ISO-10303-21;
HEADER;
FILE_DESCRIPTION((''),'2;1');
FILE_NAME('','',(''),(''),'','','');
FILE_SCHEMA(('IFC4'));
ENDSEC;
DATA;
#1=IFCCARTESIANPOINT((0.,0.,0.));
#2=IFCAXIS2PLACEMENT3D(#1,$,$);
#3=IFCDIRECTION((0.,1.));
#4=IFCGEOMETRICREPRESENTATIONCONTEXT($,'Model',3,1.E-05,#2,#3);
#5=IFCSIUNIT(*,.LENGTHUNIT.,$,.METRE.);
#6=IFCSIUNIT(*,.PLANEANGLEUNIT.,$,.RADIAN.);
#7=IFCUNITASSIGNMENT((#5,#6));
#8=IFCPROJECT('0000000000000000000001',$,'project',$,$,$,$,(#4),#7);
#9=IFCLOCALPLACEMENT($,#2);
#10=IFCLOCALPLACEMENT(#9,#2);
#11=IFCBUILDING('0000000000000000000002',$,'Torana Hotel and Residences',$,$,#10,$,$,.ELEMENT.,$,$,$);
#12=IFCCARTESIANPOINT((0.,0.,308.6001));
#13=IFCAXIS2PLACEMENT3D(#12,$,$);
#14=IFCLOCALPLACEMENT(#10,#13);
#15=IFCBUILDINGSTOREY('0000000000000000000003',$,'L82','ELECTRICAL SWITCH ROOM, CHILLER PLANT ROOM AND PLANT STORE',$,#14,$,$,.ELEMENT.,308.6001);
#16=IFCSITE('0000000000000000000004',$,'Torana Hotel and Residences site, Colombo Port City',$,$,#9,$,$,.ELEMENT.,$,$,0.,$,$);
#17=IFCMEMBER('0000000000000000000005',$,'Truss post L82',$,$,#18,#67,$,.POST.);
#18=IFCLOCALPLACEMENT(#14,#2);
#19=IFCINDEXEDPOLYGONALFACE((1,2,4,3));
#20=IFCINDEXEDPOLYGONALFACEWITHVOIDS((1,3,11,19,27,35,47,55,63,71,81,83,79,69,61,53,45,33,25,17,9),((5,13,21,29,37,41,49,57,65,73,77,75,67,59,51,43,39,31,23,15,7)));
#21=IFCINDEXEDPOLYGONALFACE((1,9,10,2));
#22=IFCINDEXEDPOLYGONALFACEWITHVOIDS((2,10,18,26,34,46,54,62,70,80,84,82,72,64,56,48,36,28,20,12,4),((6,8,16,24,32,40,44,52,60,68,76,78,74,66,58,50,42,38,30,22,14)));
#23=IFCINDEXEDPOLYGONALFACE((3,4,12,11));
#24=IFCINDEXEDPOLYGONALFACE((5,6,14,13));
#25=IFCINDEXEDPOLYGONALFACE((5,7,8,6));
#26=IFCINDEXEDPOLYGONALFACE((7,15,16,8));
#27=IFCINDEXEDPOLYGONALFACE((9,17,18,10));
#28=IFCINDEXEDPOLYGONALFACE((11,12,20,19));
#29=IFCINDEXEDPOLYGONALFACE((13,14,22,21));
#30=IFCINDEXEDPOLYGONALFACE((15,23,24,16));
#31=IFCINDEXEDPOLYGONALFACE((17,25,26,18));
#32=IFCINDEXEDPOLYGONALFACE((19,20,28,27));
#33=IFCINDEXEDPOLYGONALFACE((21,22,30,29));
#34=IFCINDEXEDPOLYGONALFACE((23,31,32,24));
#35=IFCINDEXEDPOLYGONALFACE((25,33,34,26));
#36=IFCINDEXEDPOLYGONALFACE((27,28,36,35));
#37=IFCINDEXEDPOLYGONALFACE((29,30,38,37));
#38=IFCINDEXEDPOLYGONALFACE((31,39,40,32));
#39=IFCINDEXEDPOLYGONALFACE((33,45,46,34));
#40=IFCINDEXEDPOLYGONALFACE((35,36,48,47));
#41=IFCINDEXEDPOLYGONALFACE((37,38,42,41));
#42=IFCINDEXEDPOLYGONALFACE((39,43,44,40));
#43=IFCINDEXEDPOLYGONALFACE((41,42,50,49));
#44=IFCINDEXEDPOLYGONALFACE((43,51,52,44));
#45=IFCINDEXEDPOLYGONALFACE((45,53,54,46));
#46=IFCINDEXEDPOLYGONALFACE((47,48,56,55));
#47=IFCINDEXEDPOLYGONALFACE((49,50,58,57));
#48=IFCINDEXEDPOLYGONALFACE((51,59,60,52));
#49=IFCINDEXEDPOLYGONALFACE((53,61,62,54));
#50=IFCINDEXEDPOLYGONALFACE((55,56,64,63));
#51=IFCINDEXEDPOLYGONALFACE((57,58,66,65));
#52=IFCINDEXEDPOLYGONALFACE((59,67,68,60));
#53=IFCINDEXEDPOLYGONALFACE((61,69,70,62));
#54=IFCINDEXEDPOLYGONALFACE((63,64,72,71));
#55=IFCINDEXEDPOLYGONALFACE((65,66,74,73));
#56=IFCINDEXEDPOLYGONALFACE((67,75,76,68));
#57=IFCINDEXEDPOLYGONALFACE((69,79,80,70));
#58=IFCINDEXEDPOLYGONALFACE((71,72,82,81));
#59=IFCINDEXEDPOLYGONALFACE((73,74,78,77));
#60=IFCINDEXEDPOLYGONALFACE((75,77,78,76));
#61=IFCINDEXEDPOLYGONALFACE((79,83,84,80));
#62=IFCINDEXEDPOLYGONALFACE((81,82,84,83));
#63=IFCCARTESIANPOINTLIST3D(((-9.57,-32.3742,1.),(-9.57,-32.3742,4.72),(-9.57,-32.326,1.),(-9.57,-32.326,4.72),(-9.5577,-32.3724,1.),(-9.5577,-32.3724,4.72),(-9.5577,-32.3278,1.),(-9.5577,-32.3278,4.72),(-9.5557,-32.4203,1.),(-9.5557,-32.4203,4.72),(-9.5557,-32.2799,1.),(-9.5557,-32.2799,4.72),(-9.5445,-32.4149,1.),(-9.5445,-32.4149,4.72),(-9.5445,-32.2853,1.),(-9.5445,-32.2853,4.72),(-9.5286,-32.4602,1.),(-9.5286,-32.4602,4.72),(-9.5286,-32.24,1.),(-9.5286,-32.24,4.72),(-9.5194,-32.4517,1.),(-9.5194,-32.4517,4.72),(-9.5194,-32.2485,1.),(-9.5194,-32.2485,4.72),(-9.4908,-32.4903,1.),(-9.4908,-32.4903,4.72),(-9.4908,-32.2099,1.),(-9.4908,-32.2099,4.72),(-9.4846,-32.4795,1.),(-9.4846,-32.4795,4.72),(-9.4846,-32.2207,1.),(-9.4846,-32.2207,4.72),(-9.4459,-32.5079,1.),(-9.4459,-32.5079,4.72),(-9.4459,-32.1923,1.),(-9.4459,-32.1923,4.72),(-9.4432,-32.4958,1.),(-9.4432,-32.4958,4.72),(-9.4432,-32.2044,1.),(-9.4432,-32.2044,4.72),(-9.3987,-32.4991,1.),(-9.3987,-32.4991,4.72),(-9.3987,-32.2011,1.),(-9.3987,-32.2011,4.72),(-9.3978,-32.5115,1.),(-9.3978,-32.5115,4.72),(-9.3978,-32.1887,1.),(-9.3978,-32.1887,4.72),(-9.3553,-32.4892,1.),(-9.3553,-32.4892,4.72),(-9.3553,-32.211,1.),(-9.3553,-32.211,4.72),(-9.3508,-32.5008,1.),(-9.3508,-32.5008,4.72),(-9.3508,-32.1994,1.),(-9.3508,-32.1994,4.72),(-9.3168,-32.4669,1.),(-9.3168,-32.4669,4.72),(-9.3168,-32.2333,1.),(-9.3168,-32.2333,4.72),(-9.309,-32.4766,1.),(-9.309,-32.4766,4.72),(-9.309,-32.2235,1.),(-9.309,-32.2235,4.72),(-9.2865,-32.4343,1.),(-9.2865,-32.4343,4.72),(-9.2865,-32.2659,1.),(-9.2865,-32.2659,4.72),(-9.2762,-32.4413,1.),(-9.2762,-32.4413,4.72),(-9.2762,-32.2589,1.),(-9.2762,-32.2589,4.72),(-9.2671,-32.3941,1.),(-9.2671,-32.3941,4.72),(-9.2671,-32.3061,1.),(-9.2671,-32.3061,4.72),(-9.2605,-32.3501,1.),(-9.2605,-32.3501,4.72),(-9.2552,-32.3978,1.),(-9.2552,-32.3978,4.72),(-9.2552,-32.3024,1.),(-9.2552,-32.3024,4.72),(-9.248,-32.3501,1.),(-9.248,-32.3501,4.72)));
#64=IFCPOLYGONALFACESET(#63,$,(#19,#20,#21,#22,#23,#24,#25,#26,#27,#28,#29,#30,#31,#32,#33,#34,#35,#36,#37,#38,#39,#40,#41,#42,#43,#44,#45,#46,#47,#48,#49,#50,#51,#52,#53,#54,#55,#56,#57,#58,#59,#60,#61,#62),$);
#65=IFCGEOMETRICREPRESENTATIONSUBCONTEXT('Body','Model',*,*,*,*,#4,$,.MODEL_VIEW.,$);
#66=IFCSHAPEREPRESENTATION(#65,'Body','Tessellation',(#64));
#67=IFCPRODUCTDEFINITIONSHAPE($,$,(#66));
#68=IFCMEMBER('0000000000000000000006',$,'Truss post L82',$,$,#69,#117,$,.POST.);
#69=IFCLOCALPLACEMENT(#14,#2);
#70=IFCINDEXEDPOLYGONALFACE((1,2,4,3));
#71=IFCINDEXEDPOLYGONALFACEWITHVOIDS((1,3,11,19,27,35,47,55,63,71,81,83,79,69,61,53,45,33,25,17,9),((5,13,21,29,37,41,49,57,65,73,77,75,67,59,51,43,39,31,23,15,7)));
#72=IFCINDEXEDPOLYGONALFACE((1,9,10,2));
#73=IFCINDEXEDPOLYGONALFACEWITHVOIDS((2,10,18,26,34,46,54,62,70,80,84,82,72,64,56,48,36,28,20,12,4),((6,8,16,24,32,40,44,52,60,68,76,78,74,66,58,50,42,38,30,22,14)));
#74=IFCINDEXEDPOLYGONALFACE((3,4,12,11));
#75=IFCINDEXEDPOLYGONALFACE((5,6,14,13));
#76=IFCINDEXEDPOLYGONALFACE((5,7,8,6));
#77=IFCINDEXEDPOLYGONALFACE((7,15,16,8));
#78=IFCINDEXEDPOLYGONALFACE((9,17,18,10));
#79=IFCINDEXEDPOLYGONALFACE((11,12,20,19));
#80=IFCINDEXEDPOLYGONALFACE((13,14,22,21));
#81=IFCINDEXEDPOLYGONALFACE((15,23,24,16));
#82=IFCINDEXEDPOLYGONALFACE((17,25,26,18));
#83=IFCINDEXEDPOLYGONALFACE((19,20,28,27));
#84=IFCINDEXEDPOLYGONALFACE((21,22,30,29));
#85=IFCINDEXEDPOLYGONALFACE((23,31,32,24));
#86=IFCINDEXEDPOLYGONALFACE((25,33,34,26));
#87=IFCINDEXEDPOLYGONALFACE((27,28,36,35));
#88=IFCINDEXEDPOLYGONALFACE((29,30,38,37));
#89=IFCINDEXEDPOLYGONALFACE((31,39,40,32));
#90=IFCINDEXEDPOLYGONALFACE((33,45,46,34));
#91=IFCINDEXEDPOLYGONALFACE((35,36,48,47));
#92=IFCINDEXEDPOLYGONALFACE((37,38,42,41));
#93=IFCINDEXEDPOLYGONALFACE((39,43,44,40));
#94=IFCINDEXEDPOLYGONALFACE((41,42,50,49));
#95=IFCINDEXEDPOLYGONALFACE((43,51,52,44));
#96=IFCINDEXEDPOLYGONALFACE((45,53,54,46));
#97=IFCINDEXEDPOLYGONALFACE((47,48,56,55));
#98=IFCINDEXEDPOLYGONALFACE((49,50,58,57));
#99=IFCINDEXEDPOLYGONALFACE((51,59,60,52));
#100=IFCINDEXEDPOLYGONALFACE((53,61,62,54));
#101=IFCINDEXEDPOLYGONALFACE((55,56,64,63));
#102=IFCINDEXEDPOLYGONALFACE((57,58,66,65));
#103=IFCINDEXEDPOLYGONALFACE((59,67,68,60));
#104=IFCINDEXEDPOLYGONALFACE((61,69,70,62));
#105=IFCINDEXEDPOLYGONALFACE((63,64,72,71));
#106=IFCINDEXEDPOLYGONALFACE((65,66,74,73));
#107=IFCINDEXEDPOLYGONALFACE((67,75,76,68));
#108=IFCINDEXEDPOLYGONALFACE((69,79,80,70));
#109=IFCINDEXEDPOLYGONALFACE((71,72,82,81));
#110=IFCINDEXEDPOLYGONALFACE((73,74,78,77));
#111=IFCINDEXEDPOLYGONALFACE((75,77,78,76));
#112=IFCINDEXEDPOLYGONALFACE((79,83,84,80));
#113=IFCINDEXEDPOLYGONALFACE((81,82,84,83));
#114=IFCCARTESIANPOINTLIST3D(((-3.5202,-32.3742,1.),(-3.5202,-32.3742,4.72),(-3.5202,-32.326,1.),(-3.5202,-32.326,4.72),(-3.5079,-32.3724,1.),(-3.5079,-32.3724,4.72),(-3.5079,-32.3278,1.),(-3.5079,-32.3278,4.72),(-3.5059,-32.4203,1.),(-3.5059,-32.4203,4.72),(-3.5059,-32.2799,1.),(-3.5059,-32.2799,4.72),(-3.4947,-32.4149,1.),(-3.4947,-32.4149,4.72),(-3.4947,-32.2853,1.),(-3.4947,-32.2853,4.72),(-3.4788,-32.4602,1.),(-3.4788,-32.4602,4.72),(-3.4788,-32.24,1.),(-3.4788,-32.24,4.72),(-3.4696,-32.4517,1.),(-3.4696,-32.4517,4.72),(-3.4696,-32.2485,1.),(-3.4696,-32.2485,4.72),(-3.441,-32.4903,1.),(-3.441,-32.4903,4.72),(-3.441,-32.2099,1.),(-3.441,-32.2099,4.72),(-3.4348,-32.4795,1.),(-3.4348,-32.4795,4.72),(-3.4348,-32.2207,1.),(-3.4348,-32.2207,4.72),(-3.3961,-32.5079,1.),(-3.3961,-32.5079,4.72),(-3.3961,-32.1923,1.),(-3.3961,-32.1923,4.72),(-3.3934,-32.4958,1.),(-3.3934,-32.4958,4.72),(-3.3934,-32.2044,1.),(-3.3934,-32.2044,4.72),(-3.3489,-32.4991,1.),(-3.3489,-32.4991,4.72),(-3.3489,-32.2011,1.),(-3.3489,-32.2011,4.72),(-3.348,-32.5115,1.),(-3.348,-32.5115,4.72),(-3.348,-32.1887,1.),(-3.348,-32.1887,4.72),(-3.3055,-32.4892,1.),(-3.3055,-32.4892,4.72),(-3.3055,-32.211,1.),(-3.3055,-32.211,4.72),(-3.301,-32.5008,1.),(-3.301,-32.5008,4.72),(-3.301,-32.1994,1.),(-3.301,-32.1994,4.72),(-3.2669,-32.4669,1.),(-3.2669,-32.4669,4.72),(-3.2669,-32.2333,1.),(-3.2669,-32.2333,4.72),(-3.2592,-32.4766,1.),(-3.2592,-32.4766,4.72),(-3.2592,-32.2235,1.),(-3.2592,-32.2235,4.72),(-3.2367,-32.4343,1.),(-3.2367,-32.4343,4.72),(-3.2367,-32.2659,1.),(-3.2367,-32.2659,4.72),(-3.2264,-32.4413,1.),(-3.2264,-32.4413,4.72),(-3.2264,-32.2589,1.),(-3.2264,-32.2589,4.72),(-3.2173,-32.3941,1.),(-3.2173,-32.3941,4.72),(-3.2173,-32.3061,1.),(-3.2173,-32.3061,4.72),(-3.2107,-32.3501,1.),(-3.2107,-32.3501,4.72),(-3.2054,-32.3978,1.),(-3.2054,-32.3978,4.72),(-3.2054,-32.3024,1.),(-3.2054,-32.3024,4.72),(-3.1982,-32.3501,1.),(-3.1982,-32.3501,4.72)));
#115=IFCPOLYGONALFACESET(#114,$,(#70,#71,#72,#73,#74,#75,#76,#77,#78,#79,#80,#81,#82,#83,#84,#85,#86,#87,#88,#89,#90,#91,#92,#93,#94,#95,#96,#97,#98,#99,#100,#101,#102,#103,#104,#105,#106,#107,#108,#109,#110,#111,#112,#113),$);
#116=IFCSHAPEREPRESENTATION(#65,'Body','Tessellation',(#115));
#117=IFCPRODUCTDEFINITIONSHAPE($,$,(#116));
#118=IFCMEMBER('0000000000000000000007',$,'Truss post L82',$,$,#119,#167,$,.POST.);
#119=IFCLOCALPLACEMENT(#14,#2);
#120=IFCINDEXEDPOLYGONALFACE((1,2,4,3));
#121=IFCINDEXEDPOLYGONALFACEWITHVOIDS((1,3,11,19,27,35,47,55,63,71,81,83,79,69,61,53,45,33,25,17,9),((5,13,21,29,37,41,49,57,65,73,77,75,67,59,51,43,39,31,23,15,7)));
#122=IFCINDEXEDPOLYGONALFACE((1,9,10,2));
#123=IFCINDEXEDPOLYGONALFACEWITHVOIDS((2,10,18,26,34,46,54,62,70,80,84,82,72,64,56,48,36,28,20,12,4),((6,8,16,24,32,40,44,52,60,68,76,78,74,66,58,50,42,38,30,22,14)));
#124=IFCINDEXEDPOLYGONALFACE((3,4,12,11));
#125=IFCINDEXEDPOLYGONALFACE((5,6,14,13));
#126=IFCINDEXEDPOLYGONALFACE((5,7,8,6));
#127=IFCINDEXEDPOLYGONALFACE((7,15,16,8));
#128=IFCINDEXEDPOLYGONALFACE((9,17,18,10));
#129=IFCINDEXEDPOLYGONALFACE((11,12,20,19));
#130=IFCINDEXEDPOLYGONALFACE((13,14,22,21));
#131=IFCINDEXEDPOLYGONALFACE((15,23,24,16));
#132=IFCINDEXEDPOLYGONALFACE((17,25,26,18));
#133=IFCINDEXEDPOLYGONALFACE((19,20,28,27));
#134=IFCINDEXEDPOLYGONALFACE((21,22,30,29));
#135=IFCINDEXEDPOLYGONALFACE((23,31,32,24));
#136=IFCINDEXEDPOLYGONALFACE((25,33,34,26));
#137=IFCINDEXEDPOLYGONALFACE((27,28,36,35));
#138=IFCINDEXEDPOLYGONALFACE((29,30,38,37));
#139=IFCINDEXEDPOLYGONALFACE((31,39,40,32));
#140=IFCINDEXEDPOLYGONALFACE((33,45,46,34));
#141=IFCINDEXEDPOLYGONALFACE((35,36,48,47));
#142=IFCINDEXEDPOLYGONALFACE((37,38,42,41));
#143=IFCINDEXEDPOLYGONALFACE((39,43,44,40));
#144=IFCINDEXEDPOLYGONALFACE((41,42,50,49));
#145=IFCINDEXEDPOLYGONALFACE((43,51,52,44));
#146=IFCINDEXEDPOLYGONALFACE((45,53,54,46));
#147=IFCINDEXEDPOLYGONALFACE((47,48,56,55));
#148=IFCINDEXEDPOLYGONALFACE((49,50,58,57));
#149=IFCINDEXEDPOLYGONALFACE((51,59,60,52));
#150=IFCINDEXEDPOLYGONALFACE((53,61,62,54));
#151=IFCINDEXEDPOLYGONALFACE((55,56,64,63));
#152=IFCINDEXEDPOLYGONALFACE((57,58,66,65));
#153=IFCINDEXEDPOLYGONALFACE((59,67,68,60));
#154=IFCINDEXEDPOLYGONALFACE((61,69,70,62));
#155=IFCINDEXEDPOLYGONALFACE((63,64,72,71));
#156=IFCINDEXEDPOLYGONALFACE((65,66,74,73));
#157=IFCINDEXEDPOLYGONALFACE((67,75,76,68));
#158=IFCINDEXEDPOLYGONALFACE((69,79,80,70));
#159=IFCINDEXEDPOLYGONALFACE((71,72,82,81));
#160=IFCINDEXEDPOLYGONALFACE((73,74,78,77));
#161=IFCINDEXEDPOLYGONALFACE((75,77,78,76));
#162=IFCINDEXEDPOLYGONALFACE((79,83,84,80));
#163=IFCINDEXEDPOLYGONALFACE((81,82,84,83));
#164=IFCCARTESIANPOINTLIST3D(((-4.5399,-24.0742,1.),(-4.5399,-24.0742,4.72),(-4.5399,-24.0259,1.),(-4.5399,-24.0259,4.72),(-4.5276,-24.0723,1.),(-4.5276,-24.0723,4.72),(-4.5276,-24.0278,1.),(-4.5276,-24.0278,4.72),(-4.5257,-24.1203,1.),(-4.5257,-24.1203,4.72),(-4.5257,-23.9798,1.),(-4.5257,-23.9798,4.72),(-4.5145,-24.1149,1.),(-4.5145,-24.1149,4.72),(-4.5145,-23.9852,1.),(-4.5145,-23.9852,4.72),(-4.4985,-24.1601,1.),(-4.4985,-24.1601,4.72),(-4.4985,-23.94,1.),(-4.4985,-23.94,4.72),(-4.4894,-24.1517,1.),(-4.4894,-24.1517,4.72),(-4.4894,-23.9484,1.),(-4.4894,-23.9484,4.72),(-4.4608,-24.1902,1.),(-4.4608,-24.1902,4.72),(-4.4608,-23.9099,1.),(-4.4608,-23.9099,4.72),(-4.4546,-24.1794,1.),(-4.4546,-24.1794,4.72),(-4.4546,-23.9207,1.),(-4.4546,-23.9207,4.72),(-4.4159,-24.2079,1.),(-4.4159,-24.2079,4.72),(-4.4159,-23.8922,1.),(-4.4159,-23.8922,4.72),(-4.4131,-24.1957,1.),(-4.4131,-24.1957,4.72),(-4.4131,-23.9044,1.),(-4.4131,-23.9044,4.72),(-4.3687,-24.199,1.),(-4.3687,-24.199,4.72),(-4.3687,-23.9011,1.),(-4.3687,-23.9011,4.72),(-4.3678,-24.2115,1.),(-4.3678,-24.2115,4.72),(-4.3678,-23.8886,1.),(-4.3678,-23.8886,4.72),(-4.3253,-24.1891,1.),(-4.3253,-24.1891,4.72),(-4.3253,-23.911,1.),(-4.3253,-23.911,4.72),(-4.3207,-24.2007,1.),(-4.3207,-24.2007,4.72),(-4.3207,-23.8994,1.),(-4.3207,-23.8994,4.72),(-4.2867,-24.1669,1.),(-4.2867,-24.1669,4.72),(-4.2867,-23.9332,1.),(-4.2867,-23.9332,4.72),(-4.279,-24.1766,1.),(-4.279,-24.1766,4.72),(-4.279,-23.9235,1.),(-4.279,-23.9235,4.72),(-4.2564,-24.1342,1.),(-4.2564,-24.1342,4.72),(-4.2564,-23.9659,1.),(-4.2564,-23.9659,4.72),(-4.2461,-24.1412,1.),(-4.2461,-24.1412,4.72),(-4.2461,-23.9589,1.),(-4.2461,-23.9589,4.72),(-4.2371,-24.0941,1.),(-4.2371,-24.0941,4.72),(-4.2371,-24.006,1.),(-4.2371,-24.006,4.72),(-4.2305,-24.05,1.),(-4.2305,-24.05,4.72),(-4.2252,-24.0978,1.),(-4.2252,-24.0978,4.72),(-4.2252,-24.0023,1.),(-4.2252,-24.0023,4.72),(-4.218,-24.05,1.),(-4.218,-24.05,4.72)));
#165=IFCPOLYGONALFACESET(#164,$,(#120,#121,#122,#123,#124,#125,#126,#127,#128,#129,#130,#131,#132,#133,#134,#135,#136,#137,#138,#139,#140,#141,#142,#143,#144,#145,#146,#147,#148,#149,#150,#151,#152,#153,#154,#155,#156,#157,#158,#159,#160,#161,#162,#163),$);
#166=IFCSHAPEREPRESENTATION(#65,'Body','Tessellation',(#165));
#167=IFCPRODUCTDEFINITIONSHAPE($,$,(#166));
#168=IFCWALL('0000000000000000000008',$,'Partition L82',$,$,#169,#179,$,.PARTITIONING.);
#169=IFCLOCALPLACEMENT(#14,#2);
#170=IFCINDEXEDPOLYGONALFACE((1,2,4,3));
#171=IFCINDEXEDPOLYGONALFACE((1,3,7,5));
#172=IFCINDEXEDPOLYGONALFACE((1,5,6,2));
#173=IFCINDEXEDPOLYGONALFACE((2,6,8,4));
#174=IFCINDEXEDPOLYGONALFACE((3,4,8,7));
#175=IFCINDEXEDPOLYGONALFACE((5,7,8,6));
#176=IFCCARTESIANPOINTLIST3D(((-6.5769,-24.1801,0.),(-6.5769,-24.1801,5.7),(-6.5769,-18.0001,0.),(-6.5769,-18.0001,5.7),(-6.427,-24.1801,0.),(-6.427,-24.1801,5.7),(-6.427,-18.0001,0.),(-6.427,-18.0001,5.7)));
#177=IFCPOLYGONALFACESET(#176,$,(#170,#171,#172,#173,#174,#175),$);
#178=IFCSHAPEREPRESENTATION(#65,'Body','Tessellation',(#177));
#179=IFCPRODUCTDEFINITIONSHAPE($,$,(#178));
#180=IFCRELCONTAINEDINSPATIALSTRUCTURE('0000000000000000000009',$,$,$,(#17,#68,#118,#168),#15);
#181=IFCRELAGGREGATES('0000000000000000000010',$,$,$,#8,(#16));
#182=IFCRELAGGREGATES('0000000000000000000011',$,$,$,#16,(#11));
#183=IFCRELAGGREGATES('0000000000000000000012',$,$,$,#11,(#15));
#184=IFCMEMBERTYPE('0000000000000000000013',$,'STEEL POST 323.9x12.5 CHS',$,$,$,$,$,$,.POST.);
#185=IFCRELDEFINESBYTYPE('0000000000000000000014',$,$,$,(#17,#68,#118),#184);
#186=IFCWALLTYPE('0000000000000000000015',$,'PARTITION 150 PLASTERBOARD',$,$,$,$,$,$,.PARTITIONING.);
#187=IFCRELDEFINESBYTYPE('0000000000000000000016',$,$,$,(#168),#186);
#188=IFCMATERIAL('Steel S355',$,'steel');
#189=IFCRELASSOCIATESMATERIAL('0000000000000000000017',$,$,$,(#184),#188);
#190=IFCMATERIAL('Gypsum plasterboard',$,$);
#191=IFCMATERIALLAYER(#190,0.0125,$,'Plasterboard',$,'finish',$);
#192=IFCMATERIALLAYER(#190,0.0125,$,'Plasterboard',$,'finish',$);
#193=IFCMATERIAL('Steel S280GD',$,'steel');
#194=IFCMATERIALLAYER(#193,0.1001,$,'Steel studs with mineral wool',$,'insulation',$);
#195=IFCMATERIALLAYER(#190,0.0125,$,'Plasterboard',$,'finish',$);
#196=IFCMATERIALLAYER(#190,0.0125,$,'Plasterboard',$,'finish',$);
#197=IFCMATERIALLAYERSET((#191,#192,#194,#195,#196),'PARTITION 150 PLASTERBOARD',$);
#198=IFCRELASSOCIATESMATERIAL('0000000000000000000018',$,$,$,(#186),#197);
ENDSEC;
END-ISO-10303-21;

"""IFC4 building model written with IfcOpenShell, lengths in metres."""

from ifc_helpers import new_model, si_unit, direction, frame, frame_2d, origin, origin_2d, place, context, subcontext, project, spatial, rectangle, hollow_circle, extrude, material, layer, layer_set, material_profile, profile_set, type_object, element, save


model = new_model("IFC4")

# Units and contexts
model_context = context("Model", 3, precision=1e-05, world=origin(), true_north=direction((0.0, 1.0)))
body_context = subcontext(model_context, "Body", "Model", "MODEL_VIEW")
ifc_project = project(units=[si_unit("LENGTHUNIT", "METRE"), si_unit("PLANEANGLEUNIT", "RADIAN")], contexts=[model_context])

# Site, building, storey
site_placement = place(None, origin())
site = spatial("IfcSite", under=ifc_project, at=site_placement, Name="Torana Hotel and Residences site, Colombo Port City", CompositionType="ELEMENT", RefElevation=0.0)
building_placement = place(site_placement, origin())
building = spatial("IfcBuilding", under=site, at=building_placement, Name="Torana Hotel and Residences", CompositionType="ELEMENT")
storey_placement = place(building_placement, frame((0.0, 0.0, 308.6001)))
storey = spatial("IfcBuildingStorey", under=building, at=storey_placement, Name="L82", Description="ELECTRICAL SWITCH ROOM, CHILLER PLANT ROOM AND PLANT STORE", CompositionType="ELEMENT", Elevation=308.6001)

# Members
ifc_material_1 = material(Name="Steel S355", Category="steel")
ifc_material_profile_1 = material_profile(ifc_material_1, hollow_circle(Radius=0.1619, WallThickness=0.0125, at=origin_2d()), Name="323.9x12.5 CHS")
ifc_profile_set_1 = profile_set([ifc_material_profile_1], Name="Steel S355")
member_type_1 = type_object("IfcMemberType", Name="STEEL POST 323.9x12.5 CHS", PredefinedType="POST", material=ifc_profile_set_1)
for number, where, z_axis, x_axis, name in (
    (1, (-9.4099, -32.3501, 1.0), (0.0, 0.0, 1.0), (1.0, 0.0, 0.0), "Truss post L82"),
    (2, (-3.3601, -32.3501, 1.0), (0.0, 0.0, 1.0), (1.0, 0.0, 0.0), "Truss post L82"),
    (3, (-4.3799, -24.05, 1.0), (0.0, 0.0, 1.0), (1.0, 0.0, 0.0), "Truss post L82"),
):
    element("IfcMember", number, at=place(storey_placement, frame(where, z_axis=z_axis, x_axis=x_axis)), inside=storey, type_object=member_type_1, Name=name, PredefinedType="POST", context=body_context, shape_type="SweptSolid", body=[
        extrude(hollow_circle(Radius=0.1619, WallThickness=0.0125, at=origin_2d()), origin(), (0.0, 0.0, 1.0), 3.72),
    ])

# Wall
ifc_material_2 = material(Name="Gypsum plasterboard")
ifc_layer_1 = layer(ifc_material_2, 0.0125, Name="Plasterboard", Category="finish")
ifc_layer_2 = layer(ifc_material_2, 0.0125, Name="Plasterboard", Category="finish")
ifc_material_3 = material(Name="Steel S280GD", Category="steel")
ifc_layer_3 = layer(ifc_material_3, 0.1001, Name="Steel studs with mineral wool", Category="insulation")
ifc_layer_4 = layer(ifc_material_2, 0.0125, Name="Plasterboard", Category="finish")
ifc_layer_5 = layer(ifc_material_2, 0.0125, Name="Plasterboard", Category="finish")
ifc_layer_set = layer_set([ifc_layer_1, ifc_layer_2, ifc_layer_3, ifc_layer_4, ifc_layer_5], Name="PARTITION 150 PLASTERBOARD")
wall_type = type_object("IfcWallType", Name="PARTITION 150 PLASTERBOARD", PredefinedType="PARTITIONING", material=ifc_layer_set)
wall_placement = place(storey_placement, frame((-6.502, -24.1799, 0.0), z_axis=(0.0, 0.0, 1.0), x_axis=(0.0, 1.0, 0.0)))
element("IfcWall", 4, at=wall_placement, inside=storey, type_object=wall_type, Name="Partition L82", PredefinedType="PARTITIONING", context=body_context, shape_type="SweptSolid", body=[
    extrude(rectangle(XDim=6.1799, YDim=0.1499, at=frame_2d((3.0898, 0.0))), origin(), (0.0, 0.0, 1.0), 5.7),
])

save(model, "model.ifc")
